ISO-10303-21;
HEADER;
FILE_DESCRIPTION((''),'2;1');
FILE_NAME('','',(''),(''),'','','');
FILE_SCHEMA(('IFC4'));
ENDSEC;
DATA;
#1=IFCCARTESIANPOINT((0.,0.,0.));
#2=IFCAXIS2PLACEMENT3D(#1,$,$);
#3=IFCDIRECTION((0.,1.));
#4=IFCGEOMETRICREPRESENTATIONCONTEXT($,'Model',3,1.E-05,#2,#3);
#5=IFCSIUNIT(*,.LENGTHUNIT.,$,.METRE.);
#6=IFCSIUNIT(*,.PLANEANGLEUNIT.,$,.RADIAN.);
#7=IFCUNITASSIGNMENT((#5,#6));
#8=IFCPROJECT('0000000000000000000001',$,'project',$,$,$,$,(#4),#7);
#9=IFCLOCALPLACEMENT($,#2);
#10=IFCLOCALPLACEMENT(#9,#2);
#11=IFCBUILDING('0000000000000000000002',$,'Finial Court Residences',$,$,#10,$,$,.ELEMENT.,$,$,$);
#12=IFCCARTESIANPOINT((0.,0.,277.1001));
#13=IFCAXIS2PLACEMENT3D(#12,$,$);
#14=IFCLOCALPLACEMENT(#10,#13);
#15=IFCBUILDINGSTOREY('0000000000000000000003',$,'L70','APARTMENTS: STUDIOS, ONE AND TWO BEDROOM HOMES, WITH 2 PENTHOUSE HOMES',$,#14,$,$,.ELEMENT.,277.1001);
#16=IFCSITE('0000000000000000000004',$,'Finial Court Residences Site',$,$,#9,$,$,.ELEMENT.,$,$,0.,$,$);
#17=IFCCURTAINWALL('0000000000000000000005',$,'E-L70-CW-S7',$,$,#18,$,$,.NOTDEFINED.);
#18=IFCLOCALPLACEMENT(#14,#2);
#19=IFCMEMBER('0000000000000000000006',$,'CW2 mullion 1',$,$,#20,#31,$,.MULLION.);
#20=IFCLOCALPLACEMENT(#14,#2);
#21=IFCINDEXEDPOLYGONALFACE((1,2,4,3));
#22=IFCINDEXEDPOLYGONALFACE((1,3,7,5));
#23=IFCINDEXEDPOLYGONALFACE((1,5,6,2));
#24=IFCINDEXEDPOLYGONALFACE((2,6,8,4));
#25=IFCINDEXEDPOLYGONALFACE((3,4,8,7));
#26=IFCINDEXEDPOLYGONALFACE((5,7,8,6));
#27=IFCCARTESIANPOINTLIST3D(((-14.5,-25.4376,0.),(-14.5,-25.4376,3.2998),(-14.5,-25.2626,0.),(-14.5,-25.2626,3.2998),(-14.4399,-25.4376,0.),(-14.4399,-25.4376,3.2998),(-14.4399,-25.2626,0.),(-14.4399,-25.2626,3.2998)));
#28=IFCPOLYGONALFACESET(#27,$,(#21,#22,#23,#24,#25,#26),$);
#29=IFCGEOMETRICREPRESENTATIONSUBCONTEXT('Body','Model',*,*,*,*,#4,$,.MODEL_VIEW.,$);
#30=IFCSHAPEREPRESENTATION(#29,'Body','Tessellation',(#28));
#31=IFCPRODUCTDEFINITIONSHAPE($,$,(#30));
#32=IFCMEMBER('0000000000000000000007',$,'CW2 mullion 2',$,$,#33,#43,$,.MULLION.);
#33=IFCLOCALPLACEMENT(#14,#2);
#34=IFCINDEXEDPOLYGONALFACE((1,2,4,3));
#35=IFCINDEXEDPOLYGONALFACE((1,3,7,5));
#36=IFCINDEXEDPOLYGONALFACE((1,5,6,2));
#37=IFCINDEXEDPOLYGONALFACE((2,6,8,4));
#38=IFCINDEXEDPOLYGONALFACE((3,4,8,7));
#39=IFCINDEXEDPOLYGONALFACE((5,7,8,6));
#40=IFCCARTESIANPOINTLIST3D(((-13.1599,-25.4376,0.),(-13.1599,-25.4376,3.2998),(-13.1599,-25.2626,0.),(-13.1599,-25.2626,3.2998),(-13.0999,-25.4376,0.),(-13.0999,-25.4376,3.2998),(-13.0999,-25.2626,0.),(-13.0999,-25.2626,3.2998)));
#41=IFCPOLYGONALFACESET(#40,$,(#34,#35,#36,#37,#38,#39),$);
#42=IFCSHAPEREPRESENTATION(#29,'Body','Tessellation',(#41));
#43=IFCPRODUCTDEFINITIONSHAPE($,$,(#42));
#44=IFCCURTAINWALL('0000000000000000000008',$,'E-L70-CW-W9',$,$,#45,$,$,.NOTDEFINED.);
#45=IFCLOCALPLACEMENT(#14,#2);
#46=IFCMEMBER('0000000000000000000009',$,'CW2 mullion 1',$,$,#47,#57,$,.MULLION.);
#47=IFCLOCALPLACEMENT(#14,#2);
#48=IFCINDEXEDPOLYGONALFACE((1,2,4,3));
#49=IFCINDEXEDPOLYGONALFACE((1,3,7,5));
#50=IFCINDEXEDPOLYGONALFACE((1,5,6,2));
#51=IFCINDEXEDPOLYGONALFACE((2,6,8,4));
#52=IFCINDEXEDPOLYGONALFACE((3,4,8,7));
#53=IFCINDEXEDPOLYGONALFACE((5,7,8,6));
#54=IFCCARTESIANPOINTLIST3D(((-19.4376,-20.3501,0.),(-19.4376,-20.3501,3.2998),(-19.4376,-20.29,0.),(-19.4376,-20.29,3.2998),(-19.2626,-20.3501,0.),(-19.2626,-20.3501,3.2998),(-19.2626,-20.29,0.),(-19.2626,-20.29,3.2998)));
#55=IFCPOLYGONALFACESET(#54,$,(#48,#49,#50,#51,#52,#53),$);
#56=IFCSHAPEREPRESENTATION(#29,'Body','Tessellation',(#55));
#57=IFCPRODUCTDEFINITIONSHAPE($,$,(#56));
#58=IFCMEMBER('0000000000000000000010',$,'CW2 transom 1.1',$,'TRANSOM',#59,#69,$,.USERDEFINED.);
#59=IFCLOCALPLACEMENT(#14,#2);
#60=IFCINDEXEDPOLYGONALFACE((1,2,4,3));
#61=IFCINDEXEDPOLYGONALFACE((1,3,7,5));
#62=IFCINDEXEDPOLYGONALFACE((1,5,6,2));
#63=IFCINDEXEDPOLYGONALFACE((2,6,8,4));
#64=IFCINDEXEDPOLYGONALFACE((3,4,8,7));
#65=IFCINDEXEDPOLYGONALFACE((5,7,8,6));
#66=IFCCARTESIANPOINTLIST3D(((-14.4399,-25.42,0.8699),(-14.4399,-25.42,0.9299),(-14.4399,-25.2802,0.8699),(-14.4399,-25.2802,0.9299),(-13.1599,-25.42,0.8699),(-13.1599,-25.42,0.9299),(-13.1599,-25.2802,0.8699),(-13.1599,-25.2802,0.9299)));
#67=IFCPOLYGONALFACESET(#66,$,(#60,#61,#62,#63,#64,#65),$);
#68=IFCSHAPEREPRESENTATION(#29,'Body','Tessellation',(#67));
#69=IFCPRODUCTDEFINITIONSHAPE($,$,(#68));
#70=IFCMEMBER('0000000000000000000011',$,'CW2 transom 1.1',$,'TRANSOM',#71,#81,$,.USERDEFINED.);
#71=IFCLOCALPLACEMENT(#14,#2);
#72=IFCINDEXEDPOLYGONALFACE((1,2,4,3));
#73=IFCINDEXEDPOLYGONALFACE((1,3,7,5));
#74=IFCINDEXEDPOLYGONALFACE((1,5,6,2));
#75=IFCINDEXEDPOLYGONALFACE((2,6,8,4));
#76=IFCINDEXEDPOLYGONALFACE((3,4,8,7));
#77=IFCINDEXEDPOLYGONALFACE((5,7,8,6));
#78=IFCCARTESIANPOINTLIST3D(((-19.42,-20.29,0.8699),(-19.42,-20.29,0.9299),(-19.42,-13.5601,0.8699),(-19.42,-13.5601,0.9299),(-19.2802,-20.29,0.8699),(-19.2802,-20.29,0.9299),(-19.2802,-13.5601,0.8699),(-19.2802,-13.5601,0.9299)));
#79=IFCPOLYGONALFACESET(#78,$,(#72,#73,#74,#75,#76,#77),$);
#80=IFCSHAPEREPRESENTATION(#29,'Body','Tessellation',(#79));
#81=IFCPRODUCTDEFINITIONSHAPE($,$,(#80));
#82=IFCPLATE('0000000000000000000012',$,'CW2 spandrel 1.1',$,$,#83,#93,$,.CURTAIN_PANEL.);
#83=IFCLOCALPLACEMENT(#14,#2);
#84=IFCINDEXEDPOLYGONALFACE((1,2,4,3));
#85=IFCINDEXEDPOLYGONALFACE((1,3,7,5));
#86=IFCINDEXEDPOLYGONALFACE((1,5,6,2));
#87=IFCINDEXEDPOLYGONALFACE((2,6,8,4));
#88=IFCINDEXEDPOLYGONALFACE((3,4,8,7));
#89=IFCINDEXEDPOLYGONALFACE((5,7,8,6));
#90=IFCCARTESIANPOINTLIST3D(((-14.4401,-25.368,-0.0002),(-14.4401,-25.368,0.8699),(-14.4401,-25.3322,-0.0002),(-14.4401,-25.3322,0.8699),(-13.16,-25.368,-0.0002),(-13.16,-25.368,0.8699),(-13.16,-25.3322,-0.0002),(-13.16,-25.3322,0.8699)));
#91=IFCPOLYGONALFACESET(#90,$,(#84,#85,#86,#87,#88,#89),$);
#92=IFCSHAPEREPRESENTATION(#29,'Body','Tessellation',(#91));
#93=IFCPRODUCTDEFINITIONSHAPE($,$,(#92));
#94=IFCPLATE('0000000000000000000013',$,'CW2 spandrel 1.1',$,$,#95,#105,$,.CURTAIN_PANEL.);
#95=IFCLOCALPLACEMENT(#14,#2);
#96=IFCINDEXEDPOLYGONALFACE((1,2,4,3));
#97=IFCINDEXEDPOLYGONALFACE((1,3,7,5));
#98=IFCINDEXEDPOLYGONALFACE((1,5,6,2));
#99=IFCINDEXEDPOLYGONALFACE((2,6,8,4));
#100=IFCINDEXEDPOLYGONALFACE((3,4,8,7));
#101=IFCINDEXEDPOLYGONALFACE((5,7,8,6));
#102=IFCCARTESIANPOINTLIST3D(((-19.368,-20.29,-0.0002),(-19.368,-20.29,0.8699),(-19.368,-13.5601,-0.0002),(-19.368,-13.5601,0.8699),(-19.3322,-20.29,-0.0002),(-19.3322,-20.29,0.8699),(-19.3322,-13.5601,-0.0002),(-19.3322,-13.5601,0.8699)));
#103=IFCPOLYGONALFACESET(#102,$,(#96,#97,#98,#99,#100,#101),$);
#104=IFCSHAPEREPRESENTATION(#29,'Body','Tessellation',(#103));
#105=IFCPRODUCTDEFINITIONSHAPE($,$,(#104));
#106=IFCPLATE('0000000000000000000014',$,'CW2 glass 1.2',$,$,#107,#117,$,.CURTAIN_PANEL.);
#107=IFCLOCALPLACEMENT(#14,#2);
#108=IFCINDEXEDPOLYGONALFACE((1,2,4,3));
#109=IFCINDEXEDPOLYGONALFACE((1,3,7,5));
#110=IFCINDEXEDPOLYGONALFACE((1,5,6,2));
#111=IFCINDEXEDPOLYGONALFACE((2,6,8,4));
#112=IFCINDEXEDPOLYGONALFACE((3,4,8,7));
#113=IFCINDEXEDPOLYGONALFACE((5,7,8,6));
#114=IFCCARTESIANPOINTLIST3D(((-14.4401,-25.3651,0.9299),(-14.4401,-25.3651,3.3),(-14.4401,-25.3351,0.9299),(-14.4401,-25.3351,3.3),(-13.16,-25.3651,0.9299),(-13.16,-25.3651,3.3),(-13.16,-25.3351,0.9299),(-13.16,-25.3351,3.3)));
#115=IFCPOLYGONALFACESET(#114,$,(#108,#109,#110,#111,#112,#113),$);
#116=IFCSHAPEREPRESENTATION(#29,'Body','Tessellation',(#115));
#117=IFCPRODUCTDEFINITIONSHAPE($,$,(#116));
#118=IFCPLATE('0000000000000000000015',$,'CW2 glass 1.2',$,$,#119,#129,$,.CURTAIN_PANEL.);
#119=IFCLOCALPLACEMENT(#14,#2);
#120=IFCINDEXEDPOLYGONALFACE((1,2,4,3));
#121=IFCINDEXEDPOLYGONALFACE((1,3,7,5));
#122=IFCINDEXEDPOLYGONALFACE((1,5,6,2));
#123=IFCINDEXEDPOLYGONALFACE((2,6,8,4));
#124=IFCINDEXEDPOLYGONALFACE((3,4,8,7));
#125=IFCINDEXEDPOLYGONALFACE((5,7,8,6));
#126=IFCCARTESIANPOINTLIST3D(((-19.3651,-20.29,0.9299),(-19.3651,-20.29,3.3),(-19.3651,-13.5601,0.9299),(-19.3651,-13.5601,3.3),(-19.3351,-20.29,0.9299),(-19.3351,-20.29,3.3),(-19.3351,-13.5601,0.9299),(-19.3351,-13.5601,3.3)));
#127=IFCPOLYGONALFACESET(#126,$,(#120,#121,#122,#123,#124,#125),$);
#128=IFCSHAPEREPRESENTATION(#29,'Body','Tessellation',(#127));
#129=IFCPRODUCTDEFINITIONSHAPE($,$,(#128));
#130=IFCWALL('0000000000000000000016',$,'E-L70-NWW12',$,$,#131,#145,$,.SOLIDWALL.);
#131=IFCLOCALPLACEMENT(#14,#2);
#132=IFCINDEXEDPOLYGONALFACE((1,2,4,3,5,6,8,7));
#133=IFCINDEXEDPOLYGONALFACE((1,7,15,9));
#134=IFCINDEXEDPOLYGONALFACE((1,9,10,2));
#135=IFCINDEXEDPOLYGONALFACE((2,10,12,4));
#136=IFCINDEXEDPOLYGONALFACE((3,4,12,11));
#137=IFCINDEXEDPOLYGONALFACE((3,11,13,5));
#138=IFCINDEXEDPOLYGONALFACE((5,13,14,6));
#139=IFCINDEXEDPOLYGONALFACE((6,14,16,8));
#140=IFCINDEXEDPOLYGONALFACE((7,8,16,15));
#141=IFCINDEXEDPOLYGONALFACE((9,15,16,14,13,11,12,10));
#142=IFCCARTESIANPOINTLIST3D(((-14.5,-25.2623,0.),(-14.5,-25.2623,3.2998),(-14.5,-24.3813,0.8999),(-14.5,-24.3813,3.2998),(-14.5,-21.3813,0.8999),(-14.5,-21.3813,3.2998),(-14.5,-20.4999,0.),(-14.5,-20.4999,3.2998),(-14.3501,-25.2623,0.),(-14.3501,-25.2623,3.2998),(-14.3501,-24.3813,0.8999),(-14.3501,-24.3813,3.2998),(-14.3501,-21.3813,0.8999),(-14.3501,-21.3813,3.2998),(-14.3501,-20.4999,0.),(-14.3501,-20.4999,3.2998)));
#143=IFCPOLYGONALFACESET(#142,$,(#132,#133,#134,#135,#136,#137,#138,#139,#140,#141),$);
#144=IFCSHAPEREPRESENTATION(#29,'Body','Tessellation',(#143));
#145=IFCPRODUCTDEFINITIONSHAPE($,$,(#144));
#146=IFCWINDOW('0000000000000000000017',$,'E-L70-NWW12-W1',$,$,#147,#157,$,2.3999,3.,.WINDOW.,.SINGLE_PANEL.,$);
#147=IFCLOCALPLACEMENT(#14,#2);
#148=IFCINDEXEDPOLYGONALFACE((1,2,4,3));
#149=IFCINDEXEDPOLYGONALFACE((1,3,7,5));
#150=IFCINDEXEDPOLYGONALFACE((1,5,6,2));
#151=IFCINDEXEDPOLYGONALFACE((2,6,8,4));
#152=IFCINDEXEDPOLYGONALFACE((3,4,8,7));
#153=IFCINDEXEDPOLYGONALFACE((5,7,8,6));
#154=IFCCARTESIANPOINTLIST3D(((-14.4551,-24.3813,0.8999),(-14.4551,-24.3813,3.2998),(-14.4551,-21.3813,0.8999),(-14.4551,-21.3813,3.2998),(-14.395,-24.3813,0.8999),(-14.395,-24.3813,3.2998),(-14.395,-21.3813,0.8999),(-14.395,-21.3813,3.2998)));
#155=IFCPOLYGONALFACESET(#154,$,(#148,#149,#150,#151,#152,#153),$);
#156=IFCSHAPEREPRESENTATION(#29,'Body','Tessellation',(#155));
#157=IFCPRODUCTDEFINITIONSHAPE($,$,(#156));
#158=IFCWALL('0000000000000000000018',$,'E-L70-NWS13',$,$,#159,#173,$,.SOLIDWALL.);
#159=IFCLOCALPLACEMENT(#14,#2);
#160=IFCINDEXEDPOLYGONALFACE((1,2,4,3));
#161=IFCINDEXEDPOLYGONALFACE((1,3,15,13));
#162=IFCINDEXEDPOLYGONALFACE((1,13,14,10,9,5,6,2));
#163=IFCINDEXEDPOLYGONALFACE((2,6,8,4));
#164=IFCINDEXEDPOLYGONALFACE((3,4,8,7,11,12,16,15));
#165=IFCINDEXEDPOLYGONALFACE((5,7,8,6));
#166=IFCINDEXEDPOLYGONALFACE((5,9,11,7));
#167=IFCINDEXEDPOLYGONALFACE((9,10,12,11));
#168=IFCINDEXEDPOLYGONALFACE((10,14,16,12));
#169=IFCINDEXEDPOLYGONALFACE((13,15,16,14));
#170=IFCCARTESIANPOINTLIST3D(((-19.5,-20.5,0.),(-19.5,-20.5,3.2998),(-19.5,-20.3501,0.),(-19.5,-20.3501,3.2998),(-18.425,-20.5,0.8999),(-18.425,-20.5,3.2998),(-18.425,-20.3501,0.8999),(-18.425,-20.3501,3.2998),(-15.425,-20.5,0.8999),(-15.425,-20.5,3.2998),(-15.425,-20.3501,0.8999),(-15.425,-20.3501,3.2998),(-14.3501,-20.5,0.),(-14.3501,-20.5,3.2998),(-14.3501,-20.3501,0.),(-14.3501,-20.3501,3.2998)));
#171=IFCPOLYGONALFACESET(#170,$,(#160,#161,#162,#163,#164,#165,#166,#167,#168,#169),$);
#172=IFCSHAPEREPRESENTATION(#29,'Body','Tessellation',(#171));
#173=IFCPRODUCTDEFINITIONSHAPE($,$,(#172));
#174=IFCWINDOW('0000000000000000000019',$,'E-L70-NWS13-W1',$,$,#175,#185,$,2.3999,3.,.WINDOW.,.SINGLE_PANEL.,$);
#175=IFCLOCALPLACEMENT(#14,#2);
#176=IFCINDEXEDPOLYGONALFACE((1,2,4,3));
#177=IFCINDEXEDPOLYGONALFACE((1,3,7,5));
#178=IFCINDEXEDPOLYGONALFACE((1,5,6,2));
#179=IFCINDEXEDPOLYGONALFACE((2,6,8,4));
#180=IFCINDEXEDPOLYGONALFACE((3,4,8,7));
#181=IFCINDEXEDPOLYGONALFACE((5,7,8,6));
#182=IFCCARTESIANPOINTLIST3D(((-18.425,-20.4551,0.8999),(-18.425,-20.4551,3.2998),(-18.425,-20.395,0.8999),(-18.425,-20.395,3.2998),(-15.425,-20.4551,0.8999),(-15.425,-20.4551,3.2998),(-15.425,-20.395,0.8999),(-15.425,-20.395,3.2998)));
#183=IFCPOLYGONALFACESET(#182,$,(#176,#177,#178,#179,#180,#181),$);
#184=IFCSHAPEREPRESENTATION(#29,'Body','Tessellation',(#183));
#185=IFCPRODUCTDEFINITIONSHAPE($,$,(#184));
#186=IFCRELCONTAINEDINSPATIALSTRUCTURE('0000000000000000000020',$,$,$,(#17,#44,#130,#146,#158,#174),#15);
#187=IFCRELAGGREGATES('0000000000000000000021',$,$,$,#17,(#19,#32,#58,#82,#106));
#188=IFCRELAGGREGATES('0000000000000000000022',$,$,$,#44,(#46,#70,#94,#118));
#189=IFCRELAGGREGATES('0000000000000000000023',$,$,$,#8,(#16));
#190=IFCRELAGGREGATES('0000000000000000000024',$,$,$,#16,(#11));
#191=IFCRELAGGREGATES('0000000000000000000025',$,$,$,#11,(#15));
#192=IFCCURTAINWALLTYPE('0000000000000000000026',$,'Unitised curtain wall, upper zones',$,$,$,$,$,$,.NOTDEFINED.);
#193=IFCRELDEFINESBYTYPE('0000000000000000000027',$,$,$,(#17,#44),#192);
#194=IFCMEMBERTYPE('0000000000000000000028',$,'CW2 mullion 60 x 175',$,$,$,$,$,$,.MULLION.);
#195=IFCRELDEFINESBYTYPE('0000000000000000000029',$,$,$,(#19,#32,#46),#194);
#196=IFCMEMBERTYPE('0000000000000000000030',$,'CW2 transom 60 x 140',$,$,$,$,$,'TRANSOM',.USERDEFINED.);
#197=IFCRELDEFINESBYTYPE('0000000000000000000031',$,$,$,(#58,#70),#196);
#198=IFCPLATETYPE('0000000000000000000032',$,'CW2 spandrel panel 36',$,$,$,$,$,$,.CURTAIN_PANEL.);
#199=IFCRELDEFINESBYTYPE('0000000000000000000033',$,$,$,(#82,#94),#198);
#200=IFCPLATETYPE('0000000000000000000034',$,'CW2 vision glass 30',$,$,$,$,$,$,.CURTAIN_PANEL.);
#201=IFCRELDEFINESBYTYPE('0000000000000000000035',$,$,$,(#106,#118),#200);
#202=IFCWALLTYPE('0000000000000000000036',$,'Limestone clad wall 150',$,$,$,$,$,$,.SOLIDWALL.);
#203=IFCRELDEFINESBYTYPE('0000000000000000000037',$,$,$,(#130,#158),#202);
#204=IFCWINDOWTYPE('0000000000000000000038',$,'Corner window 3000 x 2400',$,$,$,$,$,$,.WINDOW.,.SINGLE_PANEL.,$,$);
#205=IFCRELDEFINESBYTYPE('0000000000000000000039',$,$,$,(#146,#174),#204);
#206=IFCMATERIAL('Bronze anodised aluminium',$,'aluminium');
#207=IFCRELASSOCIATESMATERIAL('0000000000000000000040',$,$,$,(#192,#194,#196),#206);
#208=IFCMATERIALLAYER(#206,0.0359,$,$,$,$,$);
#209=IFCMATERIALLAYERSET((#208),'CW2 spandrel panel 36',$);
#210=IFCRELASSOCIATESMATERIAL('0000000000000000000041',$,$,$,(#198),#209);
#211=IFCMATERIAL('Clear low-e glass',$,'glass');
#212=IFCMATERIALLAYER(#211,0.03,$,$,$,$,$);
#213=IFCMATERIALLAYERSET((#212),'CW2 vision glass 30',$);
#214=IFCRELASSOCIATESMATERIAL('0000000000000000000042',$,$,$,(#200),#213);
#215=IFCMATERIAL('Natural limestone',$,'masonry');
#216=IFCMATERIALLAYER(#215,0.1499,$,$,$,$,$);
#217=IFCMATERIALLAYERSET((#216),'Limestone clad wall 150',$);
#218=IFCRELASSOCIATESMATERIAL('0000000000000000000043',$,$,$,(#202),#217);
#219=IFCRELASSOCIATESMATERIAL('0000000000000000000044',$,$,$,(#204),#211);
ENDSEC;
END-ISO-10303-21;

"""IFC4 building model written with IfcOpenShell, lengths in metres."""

from ifc_helpers import new_model, si_unit, direction, frame, frame_2d, origin, origin_2d, place, context, subcontext, project, spatial, rectangle, extrude, material, layer, layer_set, material_profile, profile_set, type_object, element, fill, aggregate, save


model = new_model("IFC4")

# Units and contexts
model_context = context("Model", 3, precision=1e-05, world=origin(), true_north=direction((0.0, 1.0)))
body_context = subcontext(model_context, "Body", "Model", "MODEL_VIEW")
ifc_project = project(units=[si_unit("LENGTHUNIT", "METRE"), si_unit("PLANEANGLEUNIT", "RADIAN")], contexts=[model_context])

# Site, building, storey
site_placement = place(None, origin())
site = spatial("IfcSite", under=ifc_project, at=site_placement, Name="Finial Court Residences Site", CompositionType="ELEMENT", RefElevation=0.0)
building_placement = place(site_placement, origin())
building = spatial("IfcBuilding", under=site, at=building_placement, Name="Finial Court Residences", CompositionType="ELEMENT")
storey_placement = place(building_placement, frame((0.0, 0.0, 277.1001)))
storey = spatial("IfcBuildingStorey", under=building, at=storey_placement, Name="L70", Description="APARTMENTS: STUDIOS, ONE AND TWO BEDROOM HOMES, WITH 2 PENTHOUSE HOMES", CompositionType="ELEMENT", Elevation=277.1001)

# Curtain wall, members
ifc_material_1 = material(Name="Bronze anodised aluminium", Category="aluminium")
curtain_wall_type = type_object("IfcCurtainWallType", Name="Unitised curtain wall, upper zones", PredefinedType="NOTDEFINED", material=ifc_material_1)
curtain_wall_1_placement = place(storey_placement, origin())
curtain_wall_1 = element("IfcCurtainWall", 1, at=curtain_wall_1_placement, inside=storey, type_object=curtain_wall_type, Name="E-L70-CW-S7", PredefinedType="NOTDEFINED")
ifc_material_profile_1 = material_profile(ifc_material_1, rectangle(XDim=0.175, YDim=0.0601, at=origin_2d()), Name="CW2 mullion 60 x 175")
ifc_profile_set_1 = profile_set([ifc_material_profile_1], Name="Bronze anodised aluminium")
member_type_1 = type_object("IfcMemberType", Name="CW2 mullion 60 x 175", PredefinedType="MULLION", material=ifc_profile_set_1)
member_1_placement = place(storey_placement, frame((-14.47, -25.3501, 0.0), z_axis=(0.0, 0.0, 1.0), x_axis=(0.0, 1.0, 0.0)))
member_1 = element("IfcMember", 2, at=member_1_placement, type_object=member_type_1, Name="CW2 mullion 1", PredefinedType="MULLION", context=body_context, shape_type="SweptSolid", body=[
    extrude(rectangle(XDim=0.175, YDim=0.0601, at=origin_2d()), origin(), (0.0, 0.0, 1.0), 3.2998),
])
member_2_placement = place(storey_placement, frame((-13.1299, -25.3501, 0.0), z_axis=(0.0, 0.0, 1.0), x_axis=(0.0, 1.0, 0.0)))
member_2 = element("IfcMember", 3, at=member_2_placement, type_object=member_type_1, Name="CW2 mullion 2", PredefinedType="MULLION", context=body_context, shape_type="SweptSolid", body=[
    extrude(rectangle(XDim=0.175, YDim=0.0601, at=origin_2d()), origin(), (0.0, 0.0, 1.0), 3.2998),
])

# Curtain wall, member
curtain_wall_2_placement = place(storey_placement, origin())
curtain_wall_2 = element("IfcCurtainWall", 4, at=curtain_wall_2_placement, inside=storey, type_object=curtain_wall_type, Name="E-L70-CW-W9", PredefinedType="NOTDEFINED")
member_3_placement = place(storey_placement, frame((-19.3501, -20.3201, 0.0), z_axis=(0.0, 0.0, 1.0), x_axis=(-1.0, 0.0, 0.0)))
member_3 = element("IfcMember", 5, at=member_3_placement, type_object=member_type_1, Name="CW2 mullion 1", PredefinedType="MULLION", context=body_context, shape_type="SweptSolid", body=[
    extrude(rectangle(XDim=0.175, YDim=0.0601, at=origin_2d()), origin(), (0.0, 0.0, 1.0), 3.2998),
])

# Members
ifc_material_profile_2 = material_profile(ifc_material_1, rectangle(XDim=0.1399, YDim=0.0601, at=origin_2d()), Name="CW2 transom 60 x 140")
ifc_profile_set_2 = profile_set([ifc_material_profile_2], Name="Bronze anodised aluminium")
member_type_2 = type_object("IfcMemberType", Name="CW2 transom 60 x 140", ElementType="TRANSOM", PredefinedType="USERDEFINED", material=ifc_profile_set_2)
member_4_placement = place(storey_placement, frame((-14.4399, -25.3501, 0.8999), z_axis=(1.0, 0.0, 0.0), x_axis=(0.0, 1.0, 0.0)))
member_4 = element("IfcMember", 6, at=member_4_placement, type_object=member_type_2, Name="CW2 transom 1.1", ObjectType="TRANSOM", PredefinedType="USERDEFINED", context=body_context, shape_type="SweptSolid", body=[
    extrude(rectangle(XDim=0.1399, YDim=0.0601, at=origin_2d()), origin(), (0.0, 0.0, 1.0), 1.28),
])
member_5_placement = place(storey_placement, frame((-19.3501, -20.29, 0.8999), z_axis=(0.0, 1.0, 0.0), x_axis=(-1.0, 0.0, 0.0)))
member_5 = element("IfcMember", 7, at=member_5_placement, type_object=member_type_2, Name="CW2 transom 1.1", ObjectType="TRANSOM", PredefinedType="USERDEFINED", context=body_context, shape_type="SweptSolid", body=[
    extrude(rectangle(XDim=0.1399, YDim=0.0601, at=origin_2d()), origin(), (0.0, 0.0, 1.0), 6.73),
])

# Plates
ifc_layer_1 = layer(ifc_material_1, 0.0359)
ifc_layer_set_1 = layer_set([ifc_layer_1], Name="CW2 spandrel panel 36")
plate_type_1 = type_object("IfcPlateType", Name="CW2 spandrel panel 36", PredefinedType="CURTAIN_PANEL", material=ifc_layer_set_1)
plate_1_placement = place(storey_placement, frame((-13.8, -25.3501, -0.0002), z_axis=(0.0, 0.0, 1.0), x_axis=(1.0, 0.0, 0.0)))
plate_1 = element("IfcPlate", 8, at=plate_1_placement, type_object=plate_type_1, Name="CW2 spandrel 1.1", PredefinedType="CURTAIN_PANEL", context=body_context, shape_type="SweptSolid", body=[
    extrude(rectangle(XDim=1.28, YDim=0.0359, at=origin_2d()), origin(), (0.0, 0.0, 1.0), 0.8701),
])
plate_2_placement = place(storey_placement, frame((-19.3501, -16.925, -0.0002), z_axis=(0.0, 0.0, 1.0), x_axis=(0.0, 1.0, 0.0)))
plate_2 = element("IfcPlate", 9, at=plate_2_placement, type_object=plate_type_1, Name="CW2 spandrel 1.1", PredefinedType="CURTAIN_PANEL", context=body_context, shape_type="SweptSolid", body=[
    extrude(rectangle(XDim=6.73, YDim=0.0359, at=origin_2d()), origin(), (0.0, 0.0, 1.0), 0.8701),
])
ifc_material_2 = material(Name="Clear low-e glass", Category="glass")
ifc_layer_2 = layer(ifc_material_2, 0.03)
ifc_layer_set_2 = layer_set([ifc_layer_2], Name="CW2 vision glass 30")
plate_type_2 = type_object("IfcPlateType", Name="CW2 vision glass 30", PredefinedType="CURTAIN_PANEL", material=ifc_layer_set_2)
plate_3_placement = place(storey_placement, frame((-13.8, -25.3501, 0.9299), z_axis=(0.0, 0.0, 1.0), x_axis=(1.0, 0.0, 0.0)))
plate_3 = element("IfcPlate", 10, at=plate_3_placement, type_object=plate_type_2, Name="CW2 glass 1.2", PredefinedType="CURTAIN_PANEL", context=body_context, shape_type="SweptSolid", body=[
    extrude(rectangle(XDim=1.28, YDim=0.03, at=origin_2d()), origin(), (0.0, 0.0, 1.0), 2.3701),
])
aggregate(curtain_wall_1, [member_1, member_2, member_4, plate_1, plate_3])
plate_4_placement = place(storey_placement, frame((-19.3501, -16.925, 0.9299), z_axis=(0.0, 0.0, 1.0), x_axis=(0.0, 1.0, 0.0)))
plate_4 = element("IfcPlate", 11, at=plate_4_placement, type_object=plate_type_2, Name="CW2 glass 1.2", PredefinedType="CURTAIN_PANEL", context=body_context, shape_type="SweptSolid", body=[
    extrude(rectangle(XDim=6.73, YDim=0.03, at=origin_2d()), origin(), (0.0, 0.0, 1.0), 2.3701),
])
aggregate(curtain_wall_2, [member_3, member_5, plate_2, plate_4])

# Walls, openings, windows
ifc_material_3 = material(Name="Natural limestone", Category="masonry")
ifc_layer_3 = layer(ifc_material_3, 0.1499)
ifc_layer_set_3 = layer_set([ifc_layer_3], Name="Limestone clad wall 150")
wall_type = type_object("IfcWallType", Name="Limestone clad wall 150", PredefinedType="SOLIDWALL", material=ifc_layer_set_3)
wall_1_placement = place(storey_placement, frame((-14.425, -25.2625, 0.0), z_axis=(0.0, 0.0, 1.0), x_axis=(0.0, 1.0, 0.0)))
wall_1 = element("IfcWall", 12, at=wall_1_placement, inside=storey, type_object=wall_type, Name="E-L70-NWW12", PredefinedType="SOLIDWALL", context=body_context, shape_type="SweptSolid", body=[
    extrude(rectangle(XDim=4.7625, YDim=0.1499, at=frame_2d((2.3813, 0.0))), origin(), (0.0, 0.0, 1.0), 3.2998),
])
opening_1_placement = place(wall_1_placement, frame((0.8811, 0.0, 0.8999)))
opening_1 = element("IfcOpeningElement", 13, at=opening_1_placement, cuts=wall_1, PredefinedType="OPENING", context=body_context, shape_type="SweptSolid", body=[
    extrude(rectangle(XDim=3.0, YDim=2.3999, at=frame_2d((1.5, 1.2))), frame((0.0, 0.085, 0.0), z_axis=(0.0, -1.0, 0.0), x_axis=(1.0, 0.0, 0.0)), (0.0, 0.0, 1.0), 0.1699),
])
window_type = type_object("IfcWindowType", Name="Corner window 3000 x 2400", PartitioningType="SINGLE_PANEL", PredefinedType="WINDOW", material=ifc_material_2)
window_1_placement = place(opening_1_placement, origin())
window_1 = element("IfcWindow", 14, at=window_1_placement, inside=storey, type_object=window_type, Name="E-L70-NWW12-W1", OverallHeight=2.3999, OverallWidth=3.0, PartitioningType="SINGLE_PANEL", PredefinedType="WINDOW", context=body_context, shape_type="SweptSolid", body=[
    extrude(rectangle(XDim=3.0, YDim=2.3999, at=frame_2d((1.5, 1.2))), frame((0.0, 0.03, 0.0), z_axis=(0.0, -1.0, 0.0), x_axis=(1.0, 0.0, 0.0)), (0.0, 0.0, 1.0), 0.0601),
])
fill(opening_1, window_1)
wall_2_placement = place(storey_placement, frame((-14.3501, -20.425, 0.0), z_axis=(0.0, 0.0, 1.0), x_axis=(-1.0, 0.0, 0.0)))
wall_2 = element("IfcWall", 15, at=wall_2_placement, inside=storey, type_object=wall_type, Name="E-L70-NWS13", PredefinedType="SOLIDWALL", context=body_context, shape_type="SweptSolid", body=[
    extrude(rectangle(XDim=5.1499, YDim=0.1499, at=frame_2d((2.575, 0.0))), origin(), (0.0, 0.0, 1.0), 3.2998),
])
opening_2_placement = place(wall_2_placement, frame((1.075, 0.0, 0.8999)))
opening_2 = element("IfcOpeningElement", 16, at=opening_2_placement, cuts=wall_2, PredefinedType="OPENING", context=body_context, shape_type="SweptSolid", body=[
    extrude(rectangle(XDim=3.0, YDim=2.3999, at=frame_2d((1.5, 1.2))), frame((0.0, 0.085, 0.0), z_axis=(0.0, -1.0, 0.0), x_axis=(1.0, 0.0, 0.0)), (0.0, 0.0, 1.0), 0.1699),
])
window_2_placement = place(opening_2_placement, origin())
window_2 = element("IfcWindow", 17, at=window_2_placement, inside=storey, type_object=window_type, Name="E-L70-NWS13-W1", OverallHeight=2.3999, OverallWidth=3.0, PartitioningType="SINGLE_PANEL", PredefinedType="WINDOW", context=body_context, shape_type="SweptSolid", body=[
    extrude(rectangle(XDim=3.0, YDim=2.3999, at=frame_2d((1.5, 1.2))), frame((0.0, 0.03, 0.0), z_axis=(0.0, -1.0, 0.0), x_axis=(1.0, 0.0, 0.0)), (0.0, 0.0, 1.0), 0.0601),
])
fill(opening_2, window_2)

save(model, "model.ifc")
